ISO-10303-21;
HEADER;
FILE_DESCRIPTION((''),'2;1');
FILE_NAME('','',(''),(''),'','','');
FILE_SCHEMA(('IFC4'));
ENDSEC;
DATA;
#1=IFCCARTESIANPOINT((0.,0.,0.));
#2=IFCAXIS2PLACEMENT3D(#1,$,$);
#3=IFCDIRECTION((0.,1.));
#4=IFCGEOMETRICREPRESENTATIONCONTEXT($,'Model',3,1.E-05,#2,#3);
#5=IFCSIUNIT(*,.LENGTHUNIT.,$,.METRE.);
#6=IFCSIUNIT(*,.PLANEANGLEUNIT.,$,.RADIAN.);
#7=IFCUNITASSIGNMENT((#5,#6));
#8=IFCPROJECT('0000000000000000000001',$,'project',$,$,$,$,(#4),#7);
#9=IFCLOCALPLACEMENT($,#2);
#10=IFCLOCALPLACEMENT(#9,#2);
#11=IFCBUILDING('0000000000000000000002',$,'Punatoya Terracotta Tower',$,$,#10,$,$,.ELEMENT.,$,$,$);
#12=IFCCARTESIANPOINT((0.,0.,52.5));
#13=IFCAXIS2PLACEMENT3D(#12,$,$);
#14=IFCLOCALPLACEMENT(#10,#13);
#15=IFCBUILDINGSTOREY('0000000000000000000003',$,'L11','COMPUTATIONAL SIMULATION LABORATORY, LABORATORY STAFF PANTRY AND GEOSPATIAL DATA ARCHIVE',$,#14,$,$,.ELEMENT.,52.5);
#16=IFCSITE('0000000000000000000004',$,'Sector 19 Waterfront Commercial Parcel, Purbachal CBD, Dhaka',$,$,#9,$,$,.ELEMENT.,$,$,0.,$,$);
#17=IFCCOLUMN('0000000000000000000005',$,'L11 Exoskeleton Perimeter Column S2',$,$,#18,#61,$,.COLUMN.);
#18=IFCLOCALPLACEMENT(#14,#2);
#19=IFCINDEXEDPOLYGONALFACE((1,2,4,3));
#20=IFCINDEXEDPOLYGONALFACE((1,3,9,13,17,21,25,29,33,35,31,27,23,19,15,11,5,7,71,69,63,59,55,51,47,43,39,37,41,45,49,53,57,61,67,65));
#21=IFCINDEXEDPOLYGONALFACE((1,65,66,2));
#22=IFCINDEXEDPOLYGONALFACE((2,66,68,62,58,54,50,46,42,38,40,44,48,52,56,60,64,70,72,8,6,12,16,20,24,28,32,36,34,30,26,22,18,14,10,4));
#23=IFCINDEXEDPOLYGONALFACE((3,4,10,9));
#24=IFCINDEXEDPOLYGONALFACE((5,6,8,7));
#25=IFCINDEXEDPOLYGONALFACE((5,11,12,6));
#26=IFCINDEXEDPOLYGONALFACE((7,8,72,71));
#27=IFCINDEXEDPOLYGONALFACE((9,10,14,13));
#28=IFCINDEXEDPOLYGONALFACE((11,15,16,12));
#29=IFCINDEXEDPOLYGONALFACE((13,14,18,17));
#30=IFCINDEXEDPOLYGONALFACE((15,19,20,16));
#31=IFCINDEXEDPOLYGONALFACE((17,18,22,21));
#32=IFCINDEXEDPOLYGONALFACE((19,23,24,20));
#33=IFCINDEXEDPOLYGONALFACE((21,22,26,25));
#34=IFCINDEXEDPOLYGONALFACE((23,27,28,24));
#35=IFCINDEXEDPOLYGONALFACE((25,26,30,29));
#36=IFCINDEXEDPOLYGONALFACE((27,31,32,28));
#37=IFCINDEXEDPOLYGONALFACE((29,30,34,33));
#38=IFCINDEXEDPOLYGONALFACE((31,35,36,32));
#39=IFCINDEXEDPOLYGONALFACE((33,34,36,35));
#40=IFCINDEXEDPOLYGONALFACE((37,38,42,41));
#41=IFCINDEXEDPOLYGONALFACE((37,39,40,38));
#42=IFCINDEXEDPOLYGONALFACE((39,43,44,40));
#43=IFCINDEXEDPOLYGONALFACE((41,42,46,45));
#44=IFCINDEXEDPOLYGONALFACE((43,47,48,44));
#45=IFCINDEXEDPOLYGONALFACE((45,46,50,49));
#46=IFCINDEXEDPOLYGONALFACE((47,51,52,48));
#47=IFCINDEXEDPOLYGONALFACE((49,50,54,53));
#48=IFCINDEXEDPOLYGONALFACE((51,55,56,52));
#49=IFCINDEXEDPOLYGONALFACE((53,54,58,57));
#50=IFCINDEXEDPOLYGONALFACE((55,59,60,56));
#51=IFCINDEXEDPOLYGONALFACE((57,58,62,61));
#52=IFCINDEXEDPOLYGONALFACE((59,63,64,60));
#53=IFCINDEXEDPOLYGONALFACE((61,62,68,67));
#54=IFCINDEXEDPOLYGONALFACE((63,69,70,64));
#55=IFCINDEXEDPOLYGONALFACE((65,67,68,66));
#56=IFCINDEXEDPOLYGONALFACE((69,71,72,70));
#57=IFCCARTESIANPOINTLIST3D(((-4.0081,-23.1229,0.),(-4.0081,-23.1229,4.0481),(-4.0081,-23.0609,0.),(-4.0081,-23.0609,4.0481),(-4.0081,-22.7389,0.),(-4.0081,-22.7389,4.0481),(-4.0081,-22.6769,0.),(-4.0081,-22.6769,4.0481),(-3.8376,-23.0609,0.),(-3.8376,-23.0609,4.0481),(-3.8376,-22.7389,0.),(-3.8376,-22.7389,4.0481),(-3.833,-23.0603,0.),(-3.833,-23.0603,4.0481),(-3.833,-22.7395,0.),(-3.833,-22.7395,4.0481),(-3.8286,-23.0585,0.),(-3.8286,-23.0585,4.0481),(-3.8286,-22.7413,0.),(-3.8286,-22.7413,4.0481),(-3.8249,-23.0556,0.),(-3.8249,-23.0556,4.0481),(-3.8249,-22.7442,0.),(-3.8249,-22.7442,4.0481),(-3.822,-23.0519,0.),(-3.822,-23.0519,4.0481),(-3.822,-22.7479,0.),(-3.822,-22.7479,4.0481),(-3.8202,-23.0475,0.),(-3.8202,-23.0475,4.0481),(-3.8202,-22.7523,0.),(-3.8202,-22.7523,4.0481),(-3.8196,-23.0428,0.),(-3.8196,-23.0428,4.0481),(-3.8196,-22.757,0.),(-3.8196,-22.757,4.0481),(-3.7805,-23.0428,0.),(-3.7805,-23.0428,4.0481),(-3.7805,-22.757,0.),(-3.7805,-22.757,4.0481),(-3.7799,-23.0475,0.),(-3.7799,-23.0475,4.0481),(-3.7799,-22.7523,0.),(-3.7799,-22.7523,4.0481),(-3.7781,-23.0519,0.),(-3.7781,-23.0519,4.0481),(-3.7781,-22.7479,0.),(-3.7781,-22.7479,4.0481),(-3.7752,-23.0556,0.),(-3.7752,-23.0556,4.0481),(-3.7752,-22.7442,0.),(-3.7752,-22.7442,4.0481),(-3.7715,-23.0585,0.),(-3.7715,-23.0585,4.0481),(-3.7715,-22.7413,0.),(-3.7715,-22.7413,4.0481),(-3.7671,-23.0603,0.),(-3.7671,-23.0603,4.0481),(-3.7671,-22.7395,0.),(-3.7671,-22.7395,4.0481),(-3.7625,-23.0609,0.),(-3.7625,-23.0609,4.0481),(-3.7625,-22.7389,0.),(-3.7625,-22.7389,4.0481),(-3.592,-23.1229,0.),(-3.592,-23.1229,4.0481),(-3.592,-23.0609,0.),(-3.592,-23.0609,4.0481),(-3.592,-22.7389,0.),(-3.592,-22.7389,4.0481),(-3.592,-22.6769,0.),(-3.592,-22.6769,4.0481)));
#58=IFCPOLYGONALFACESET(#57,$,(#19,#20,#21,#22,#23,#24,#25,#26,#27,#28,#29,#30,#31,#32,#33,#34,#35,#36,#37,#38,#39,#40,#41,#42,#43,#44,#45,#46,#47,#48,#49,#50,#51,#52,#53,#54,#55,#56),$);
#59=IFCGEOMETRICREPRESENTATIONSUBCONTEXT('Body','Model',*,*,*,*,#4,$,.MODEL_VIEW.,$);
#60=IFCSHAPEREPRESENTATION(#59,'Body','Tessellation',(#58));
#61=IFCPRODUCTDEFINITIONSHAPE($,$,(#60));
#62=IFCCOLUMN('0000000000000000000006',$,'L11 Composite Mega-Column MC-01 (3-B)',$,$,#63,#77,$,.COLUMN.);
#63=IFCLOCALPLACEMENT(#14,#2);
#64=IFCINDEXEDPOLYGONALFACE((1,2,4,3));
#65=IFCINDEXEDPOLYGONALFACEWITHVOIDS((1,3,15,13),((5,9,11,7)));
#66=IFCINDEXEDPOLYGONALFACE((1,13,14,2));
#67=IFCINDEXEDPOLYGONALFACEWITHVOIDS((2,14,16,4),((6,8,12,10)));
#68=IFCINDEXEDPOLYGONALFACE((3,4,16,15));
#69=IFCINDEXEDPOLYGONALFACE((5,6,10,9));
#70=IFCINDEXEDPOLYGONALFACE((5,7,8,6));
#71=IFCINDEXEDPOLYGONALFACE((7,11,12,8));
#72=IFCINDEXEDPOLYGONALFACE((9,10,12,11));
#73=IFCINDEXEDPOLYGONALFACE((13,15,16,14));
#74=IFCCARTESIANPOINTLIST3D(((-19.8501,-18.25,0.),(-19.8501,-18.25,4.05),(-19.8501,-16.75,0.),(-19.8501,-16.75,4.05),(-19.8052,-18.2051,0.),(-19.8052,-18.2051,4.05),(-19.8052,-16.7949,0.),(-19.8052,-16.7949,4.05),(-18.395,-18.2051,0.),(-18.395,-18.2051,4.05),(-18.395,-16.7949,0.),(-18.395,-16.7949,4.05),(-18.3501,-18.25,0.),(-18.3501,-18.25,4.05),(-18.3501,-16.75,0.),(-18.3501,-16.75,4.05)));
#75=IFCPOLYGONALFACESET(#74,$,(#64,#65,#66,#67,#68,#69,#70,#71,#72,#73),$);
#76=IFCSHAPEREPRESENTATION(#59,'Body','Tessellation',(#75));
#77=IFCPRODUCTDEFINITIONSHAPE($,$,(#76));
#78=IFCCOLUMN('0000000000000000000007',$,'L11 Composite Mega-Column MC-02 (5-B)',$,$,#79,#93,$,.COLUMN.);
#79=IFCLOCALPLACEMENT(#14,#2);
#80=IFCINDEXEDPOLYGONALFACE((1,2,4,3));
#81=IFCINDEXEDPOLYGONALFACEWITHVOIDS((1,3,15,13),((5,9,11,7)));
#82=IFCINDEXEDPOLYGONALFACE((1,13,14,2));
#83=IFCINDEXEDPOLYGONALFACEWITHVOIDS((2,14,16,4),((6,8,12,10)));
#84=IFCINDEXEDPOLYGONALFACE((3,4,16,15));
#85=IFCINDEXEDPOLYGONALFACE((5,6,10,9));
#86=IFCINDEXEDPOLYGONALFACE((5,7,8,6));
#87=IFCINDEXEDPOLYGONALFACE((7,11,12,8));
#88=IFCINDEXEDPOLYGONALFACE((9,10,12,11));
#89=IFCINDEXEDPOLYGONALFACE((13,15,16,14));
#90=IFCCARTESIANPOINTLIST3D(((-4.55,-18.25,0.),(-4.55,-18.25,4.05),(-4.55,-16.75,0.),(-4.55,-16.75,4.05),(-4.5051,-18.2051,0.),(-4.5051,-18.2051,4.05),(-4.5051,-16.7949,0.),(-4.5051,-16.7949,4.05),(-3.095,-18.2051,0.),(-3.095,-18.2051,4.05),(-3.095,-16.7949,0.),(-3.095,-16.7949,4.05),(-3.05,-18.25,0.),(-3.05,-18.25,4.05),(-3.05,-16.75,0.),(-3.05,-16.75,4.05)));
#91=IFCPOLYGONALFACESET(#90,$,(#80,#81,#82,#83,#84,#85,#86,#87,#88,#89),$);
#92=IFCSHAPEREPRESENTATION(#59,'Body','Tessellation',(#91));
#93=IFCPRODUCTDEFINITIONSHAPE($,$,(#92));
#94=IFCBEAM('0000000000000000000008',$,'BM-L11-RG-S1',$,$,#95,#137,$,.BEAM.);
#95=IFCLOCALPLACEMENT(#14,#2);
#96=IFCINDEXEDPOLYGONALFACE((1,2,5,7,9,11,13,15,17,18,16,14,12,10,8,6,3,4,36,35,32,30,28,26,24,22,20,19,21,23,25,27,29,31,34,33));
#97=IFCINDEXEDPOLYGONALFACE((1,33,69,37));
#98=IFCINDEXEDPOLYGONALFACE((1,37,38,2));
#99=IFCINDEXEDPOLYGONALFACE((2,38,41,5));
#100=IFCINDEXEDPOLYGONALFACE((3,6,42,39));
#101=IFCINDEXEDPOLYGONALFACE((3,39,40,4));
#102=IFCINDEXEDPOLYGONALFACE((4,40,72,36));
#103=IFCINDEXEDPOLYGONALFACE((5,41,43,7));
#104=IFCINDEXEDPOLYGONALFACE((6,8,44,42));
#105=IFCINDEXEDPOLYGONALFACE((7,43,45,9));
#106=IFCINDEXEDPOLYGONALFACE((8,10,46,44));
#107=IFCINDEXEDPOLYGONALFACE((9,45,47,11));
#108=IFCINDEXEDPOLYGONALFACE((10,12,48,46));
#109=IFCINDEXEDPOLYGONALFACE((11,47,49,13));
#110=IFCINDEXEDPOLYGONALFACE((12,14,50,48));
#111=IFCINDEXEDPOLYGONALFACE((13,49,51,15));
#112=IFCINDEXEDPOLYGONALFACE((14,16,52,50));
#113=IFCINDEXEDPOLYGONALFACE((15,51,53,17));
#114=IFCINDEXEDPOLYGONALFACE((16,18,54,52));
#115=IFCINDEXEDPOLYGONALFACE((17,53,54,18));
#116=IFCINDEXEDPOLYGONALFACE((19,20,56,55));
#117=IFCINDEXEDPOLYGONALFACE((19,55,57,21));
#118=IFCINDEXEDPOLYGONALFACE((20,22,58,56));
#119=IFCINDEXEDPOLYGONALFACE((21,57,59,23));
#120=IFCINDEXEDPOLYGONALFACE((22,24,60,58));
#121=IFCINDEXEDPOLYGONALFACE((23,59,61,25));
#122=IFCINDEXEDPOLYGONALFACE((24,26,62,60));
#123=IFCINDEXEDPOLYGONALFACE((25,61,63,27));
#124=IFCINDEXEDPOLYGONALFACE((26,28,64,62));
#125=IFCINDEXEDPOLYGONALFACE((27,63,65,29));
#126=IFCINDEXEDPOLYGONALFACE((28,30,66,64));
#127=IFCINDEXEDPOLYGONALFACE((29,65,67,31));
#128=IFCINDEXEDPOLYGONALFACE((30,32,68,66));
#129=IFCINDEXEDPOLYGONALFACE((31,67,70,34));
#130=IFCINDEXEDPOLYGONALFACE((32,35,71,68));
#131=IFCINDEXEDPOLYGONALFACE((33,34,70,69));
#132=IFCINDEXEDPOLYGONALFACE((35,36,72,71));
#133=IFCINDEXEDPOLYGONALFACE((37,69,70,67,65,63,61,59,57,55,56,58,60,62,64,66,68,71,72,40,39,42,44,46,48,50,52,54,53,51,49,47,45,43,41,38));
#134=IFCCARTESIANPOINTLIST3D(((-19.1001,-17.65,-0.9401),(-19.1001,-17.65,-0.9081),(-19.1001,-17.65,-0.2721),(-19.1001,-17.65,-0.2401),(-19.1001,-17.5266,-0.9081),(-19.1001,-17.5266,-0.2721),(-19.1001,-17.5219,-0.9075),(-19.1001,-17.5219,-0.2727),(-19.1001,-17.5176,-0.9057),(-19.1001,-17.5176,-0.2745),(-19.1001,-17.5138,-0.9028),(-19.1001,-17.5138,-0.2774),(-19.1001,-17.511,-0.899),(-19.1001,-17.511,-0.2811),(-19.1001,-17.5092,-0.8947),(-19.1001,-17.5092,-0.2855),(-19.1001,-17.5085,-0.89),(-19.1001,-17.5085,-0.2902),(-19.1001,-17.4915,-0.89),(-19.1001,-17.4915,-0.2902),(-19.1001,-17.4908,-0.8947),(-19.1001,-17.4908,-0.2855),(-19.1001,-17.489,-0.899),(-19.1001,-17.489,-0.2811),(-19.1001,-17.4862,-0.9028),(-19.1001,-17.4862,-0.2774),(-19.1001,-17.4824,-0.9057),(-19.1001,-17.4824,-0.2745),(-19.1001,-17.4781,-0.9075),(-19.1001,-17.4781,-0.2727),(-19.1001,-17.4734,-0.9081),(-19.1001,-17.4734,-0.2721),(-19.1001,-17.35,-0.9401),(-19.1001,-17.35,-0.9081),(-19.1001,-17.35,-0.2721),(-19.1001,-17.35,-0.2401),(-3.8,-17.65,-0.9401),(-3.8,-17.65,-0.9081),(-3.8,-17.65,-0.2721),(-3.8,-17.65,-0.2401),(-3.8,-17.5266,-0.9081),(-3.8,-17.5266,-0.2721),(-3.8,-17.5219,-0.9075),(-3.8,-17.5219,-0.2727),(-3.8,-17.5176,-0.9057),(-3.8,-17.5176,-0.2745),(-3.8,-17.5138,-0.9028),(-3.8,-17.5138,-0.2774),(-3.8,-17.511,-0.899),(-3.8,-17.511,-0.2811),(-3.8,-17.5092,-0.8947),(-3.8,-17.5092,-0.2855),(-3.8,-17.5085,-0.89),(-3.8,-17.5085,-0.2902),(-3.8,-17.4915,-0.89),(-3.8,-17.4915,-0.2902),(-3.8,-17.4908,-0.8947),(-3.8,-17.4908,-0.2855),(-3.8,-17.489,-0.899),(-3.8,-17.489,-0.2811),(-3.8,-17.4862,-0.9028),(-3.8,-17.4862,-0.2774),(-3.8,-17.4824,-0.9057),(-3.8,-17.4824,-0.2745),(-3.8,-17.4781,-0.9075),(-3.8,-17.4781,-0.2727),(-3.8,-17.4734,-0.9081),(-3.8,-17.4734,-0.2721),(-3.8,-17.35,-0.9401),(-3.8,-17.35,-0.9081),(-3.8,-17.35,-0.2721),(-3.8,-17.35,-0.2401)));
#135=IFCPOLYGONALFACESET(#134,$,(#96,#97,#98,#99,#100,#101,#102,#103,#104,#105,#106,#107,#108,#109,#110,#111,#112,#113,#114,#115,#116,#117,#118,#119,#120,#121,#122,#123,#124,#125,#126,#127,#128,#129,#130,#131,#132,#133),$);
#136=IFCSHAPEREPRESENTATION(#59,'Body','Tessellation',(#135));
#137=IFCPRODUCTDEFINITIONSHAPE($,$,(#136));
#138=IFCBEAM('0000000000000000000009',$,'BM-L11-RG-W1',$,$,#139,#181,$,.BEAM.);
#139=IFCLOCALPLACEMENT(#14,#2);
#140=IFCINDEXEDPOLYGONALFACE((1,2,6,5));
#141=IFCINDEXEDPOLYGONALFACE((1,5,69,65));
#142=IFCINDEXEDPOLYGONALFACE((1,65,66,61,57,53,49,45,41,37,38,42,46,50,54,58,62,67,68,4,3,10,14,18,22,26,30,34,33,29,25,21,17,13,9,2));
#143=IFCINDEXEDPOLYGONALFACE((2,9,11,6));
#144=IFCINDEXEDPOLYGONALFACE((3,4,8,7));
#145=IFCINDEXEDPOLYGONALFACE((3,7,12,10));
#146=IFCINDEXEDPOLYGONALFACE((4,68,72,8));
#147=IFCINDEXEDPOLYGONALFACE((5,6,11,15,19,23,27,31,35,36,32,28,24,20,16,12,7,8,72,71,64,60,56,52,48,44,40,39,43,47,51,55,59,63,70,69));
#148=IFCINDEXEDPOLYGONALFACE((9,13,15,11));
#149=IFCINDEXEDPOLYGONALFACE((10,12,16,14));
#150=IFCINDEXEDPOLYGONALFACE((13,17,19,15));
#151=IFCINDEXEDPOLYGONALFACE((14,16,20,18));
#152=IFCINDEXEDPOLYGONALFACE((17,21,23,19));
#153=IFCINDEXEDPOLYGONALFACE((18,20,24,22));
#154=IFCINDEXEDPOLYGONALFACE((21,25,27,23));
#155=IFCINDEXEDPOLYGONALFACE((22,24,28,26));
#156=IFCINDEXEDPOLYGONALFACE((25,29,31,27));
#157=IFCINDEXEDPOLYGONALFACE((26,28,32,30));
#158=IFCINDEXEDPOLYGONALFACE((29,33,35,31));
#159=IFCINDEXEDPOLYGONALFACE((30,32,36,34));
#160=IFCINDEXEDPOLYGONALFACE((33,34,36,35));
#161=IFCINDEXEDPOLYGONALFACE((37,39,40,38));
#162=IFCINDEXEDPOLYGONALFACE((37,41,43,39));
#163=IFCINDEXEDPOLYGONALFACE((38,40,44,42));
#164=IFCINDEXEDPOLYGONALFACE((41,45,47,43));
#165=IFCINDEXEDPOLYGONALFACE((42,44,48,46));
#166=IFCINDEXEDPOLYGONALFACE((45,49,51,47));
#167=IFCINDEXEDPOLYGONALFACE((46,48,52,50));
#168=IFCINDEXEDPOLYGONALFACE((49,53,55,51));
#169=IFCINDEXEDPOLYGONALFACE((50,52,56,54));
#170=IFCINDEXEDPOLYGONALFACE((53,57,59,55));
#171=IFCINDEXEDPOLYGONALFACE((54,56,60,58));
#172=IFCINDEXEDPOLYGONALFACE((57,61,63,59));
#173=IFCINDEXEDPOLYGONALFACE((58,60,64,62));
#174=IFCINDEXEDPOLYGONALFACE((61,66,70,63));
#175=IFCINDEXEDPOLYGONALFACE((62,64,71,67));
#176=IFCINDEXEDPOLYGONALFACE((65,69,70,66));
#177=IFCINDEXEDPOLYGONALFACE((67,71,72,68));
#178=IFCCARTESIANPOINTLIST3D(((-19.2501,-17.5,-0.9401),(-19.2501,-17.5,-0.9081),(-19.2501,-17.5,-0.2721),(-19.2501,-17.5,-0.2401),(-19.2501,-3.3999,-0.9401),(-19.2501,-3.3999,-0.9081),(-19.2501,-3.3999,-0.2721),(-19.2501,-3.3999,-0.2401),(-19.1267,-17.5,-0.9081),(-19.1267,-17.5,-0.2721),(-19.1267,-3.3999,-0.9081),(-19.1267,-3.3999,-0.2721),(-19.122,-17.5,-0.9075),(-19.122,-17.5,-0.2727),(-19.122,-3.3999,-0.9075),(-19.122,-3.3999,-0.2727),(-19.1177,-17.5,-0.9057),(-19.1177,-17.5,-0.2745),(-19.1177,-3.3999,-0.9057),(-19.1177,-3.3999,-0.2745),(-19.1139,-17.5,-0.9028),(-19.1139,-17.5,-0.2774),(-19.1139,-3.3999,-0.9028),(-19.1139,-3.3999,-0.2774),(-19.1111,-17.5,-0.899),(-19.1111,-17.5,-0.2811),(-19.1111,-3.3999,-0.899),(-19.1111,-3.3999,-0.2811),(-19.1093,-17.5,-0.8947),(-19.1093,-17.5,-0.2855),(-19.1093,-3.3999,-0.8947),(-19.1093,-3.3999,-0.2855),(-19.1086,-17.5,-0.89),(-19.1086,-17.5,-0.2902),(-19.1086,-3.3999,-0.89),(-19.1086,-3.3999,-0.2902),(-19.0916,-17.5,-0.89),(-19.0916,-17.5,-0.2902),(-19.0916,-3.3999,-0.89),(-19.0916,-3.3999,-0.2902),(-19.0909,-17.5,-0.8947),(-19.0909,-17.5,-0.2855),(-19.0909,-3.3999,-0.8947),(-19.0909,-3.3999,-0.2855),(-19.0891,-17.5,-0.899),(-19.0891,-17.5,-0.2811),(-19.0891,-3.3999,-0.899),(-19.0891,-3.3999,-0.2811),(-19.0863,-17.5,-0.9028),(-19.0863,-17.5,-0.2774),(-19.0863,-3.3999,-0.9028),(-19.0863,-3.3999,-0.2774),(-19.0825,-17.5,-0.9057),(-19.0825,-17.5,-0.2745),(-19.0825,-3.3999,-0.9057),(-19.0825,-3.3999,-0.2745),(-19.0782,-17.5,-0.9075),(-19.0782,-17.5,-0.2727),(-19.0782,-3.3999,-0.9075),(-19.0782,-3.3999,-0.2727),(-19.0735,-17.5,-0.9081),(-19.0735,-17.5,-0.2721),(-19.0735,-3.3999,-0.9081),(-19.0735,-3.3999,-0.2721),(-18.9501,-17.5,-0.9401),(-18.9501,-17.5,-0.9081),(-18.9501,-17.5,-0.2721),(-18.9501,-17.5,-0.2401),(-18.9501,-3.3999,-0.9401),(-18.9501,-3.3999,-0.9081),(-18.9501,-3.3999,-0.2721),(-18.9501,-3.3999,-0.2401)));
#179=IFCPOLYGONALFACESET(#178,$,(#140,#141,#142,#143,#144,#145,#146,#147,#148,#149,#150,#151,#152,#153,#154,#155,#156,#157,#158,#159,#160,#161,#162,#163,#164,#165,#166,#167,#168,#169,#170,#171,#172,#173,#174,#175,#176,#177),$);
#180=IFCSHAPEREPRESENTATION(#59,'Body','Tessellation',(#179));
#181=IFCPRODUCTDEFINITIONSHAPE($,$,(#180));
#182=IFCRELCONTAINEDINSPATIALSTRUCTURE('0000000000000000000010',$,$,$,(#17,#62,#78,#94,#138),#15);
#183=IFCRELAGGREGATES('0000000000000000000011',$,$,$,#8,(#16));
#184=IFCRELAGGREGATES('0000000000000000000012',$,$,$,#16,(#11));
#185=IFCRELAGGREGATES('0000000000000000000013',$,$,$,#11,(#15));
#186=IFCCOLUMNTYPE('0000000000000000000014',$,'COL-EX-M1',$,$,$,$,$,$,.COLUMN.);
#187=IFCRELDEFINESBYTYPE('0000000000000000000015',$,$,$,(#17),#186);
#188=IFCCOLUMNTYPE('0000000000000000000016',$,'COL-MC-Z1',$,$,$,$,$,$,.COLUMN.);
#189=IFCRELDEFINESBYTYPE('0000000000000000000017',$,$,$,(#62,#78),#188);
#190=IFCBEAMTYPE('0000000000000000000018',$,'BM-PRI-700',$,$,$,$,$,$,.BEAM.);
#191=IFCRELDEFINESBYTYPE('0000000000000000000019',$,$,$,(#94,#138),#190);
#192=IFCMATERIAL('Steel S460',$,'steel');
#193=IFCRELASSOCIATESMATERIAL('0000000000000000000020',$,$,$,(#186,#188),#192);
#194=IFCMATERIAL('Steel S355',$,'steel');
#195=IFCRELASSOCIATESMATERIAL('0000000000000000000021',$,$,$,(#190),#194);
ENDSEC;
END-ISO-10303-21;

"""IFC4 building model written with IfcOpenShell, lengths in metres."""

from ifc_helpers import new_model, si_unit, direction, frame, origin, origin_2d, place, context, subcontext, project, spatial, hollow_rectangle, i_section, extrude, material, material_profile, profile_set, type_object, element, save


model = new_model("IFC4")

# Units and contexts
model_context = context("Model", 3, precision=1e-05, world=origin(), true_north=direction((0.0, 1.0)))
body_context = subcontext(model_context, "Body", "Model", "MODEL_VIEW")
ifc_project = project(units=[si_unit("LENGTHUNIT", "METRE"), si_unit("PLANEANGLEUNIT", "RADIAN")], contexts=[model_context])

# Site, building, storey
site_placement = place(None, origin())
site = spatial("IfcSite", under=ifc_project, at=site_placement, Name="Sector 19 Waterfront Commercial Parcel, Purbachal CBD, Dhaka", CompositionType="ELEMENT", RefElevation=0.0)
building_placement = place(site_placement, origin())
building = spatial("IfcBuilding", under=site, at=building_placement, Name="Punatoya Terracotta Tower", CompositionType="ELEMENT")
storey_placement = place(building_placement, frame((0.0, 0.0, 52.5)))
storey = spatial("IfcBuildingStorey", under=building, at=storey_placement, Name="L11", Description="COMPUTATIONAL SIMULATION LABORATORY, LABORATORY STAFF PANTRY AND GEOSPATIAL DATA ARCHIVE", CompositionType="ELEMENT", Elevation=52.5)

# Columns
ifc_material_1 = material(Name="Steel S460", Category="steel")
ifc_material_profile_1 = material_profile(ifc_material_1, i_section(OverallWidth=0.416, OverallDepth=0.446, WebThickness=0.0391, FlangeThickness=0.062, FilletRadius=0.0181, at=origin_2d()))
ifc_profile_set_1 = profile_set([ifc_material_profile_1], Name="Steel S460")
column_type_1 = type_object("IfcColumnType", Name="COL-EX-M1", PredefinedType="COLUMN", material=ifc_profile_set_1)
column_placement = place(storey_placement, frame((-3.8, -22.8999, 0.0), z_axis=(0.0, 0.0, 1.0), x_axis=(1.0, 0.0, 0.0)))
element("IfcColumn", 1, at=column_placement, inside=storey, type_object=column_type_1, Name="L11 Exoskeleton Perimeter Column S2", PredefinedType="COLUMN", context=body_context, shape_type="SweptSolid", body=[
    extrude(i_section(OverallWidth=0.416, OverallDepth=0.446, WebThickness=0.0391, FlangeThickness=0.062, FilletRadius=0.0181, at=origin_2d()), origin(), (0.0, 0.0, 1.0), 4.0481),
])
ifc_material_profile_2 = material_profile(ifc_material_1, hollow_rectangle(XDim=1.5, YDim=1.5, WallThickness=0.0449, at=origin_2d()))
ifc_profile_set_2 = profile_set([ifc_material_profile_2], Name="Steel S460")
column_type_2 = type_object("IfcColumnType", Name="COL-MC-Z1", PredefinedType="COLUMN", material=ifc_profile_set_2)
for number, where, z_axis, x_axis, name in (
    (2, (-19.1001, -17.5, 0.0), (0.0, 0.0, 1.0), (1.0, 0.0, 0.0), "L11 Composite Mega-Column MC-01 (3-B)"),
    (3, (-3.8, -17.5, 0.0), (0.0, 0.0, 1.0), (1.0, 0.0, 0.0), "L11 Composite Mega-Column MC-02 (5-B)"),
):
    element("IfcColumn", number, at=place(storey_placement, frame(where, z_axis=z_axis, x_axis=x_axis)), inside=storey, type_object=column_type_2, Name=name, PredefinedType="COLUMN", context=body_context, shape_type="SweptSolid", body=[
        extrude(hollow_rectangle(XDim=1.5, YDim=1.5, WallThickness=0.0449, at=origin_2d()), origin(), (0.0, 0.0, 1.0), 4.05),
    ])

# Beams
ifc_material_2 = material(Name="Steel S355", Category="steel")
ifc_material_profile_3 = material_profile(ifc_material_2, i_section(OverallWidth=0.3, OverallDepth=0.7, WebThickness=0.0171, FlangeThickness=0.032, FilletRadius=0.0181, at=origin_2d()))
ifc_profile_set_3 = profile_set([ifc_material_profile_3], Name="Steel S355")
beam_type_1 = type_object("IfcBeamType", Name="BM-PRI-700", PredefinedType="BEAM", material=ifc_profile_set_3)
beam_1_placement = place(storey_placement, frame((-19.1001, -17.5, -0.5901), z_axis=(1.0, 0.0, 0.0), x_axis=(0.0, 1.0, 0.0)))
element("IfcBeam", 4, at=beam_1_placement, inside=storey, type_object=beam_type_1, Name="BM-L11-RG-S1", PredefinedType="BEAM", context=body_context, shape_type="SweptSolid", body=[
    extrude(i_section(OverallWidth=0.3, OverallDepth=0.7, WebThickness=0.0171, FlangeThickness=0.032, FilletRadius=0.0181, at=origin_2d()), origin(), (0.0, 0.0, 1.0), 15.3),
])
beam_2_placement = place(storey_placement, frame((-19.1001, -17.5, -0.5901), z_axis=(0.0, 1.0, 0.0), x_axis=(-1.0, 0.0, 0.0)))
element("IfcBeam", 5, at=beam_2_placement, inside=storey, type_object=beam_type_1, Name="BM-L11-RG-W1", PredefinedType="BEAM", context=body_context, shape_type="SweptSolid", body=[
    extrude(i_section(OverallWidth=0.3, OverallDepth=0.7, WebThickness=0.0171, FlangeThickness=0.032, FilletRadius=0.0181, at=origin_2d()), origin(), (0.0, 0.0, 1.0), 14.1001),
])

save(model, "model.ifc")
